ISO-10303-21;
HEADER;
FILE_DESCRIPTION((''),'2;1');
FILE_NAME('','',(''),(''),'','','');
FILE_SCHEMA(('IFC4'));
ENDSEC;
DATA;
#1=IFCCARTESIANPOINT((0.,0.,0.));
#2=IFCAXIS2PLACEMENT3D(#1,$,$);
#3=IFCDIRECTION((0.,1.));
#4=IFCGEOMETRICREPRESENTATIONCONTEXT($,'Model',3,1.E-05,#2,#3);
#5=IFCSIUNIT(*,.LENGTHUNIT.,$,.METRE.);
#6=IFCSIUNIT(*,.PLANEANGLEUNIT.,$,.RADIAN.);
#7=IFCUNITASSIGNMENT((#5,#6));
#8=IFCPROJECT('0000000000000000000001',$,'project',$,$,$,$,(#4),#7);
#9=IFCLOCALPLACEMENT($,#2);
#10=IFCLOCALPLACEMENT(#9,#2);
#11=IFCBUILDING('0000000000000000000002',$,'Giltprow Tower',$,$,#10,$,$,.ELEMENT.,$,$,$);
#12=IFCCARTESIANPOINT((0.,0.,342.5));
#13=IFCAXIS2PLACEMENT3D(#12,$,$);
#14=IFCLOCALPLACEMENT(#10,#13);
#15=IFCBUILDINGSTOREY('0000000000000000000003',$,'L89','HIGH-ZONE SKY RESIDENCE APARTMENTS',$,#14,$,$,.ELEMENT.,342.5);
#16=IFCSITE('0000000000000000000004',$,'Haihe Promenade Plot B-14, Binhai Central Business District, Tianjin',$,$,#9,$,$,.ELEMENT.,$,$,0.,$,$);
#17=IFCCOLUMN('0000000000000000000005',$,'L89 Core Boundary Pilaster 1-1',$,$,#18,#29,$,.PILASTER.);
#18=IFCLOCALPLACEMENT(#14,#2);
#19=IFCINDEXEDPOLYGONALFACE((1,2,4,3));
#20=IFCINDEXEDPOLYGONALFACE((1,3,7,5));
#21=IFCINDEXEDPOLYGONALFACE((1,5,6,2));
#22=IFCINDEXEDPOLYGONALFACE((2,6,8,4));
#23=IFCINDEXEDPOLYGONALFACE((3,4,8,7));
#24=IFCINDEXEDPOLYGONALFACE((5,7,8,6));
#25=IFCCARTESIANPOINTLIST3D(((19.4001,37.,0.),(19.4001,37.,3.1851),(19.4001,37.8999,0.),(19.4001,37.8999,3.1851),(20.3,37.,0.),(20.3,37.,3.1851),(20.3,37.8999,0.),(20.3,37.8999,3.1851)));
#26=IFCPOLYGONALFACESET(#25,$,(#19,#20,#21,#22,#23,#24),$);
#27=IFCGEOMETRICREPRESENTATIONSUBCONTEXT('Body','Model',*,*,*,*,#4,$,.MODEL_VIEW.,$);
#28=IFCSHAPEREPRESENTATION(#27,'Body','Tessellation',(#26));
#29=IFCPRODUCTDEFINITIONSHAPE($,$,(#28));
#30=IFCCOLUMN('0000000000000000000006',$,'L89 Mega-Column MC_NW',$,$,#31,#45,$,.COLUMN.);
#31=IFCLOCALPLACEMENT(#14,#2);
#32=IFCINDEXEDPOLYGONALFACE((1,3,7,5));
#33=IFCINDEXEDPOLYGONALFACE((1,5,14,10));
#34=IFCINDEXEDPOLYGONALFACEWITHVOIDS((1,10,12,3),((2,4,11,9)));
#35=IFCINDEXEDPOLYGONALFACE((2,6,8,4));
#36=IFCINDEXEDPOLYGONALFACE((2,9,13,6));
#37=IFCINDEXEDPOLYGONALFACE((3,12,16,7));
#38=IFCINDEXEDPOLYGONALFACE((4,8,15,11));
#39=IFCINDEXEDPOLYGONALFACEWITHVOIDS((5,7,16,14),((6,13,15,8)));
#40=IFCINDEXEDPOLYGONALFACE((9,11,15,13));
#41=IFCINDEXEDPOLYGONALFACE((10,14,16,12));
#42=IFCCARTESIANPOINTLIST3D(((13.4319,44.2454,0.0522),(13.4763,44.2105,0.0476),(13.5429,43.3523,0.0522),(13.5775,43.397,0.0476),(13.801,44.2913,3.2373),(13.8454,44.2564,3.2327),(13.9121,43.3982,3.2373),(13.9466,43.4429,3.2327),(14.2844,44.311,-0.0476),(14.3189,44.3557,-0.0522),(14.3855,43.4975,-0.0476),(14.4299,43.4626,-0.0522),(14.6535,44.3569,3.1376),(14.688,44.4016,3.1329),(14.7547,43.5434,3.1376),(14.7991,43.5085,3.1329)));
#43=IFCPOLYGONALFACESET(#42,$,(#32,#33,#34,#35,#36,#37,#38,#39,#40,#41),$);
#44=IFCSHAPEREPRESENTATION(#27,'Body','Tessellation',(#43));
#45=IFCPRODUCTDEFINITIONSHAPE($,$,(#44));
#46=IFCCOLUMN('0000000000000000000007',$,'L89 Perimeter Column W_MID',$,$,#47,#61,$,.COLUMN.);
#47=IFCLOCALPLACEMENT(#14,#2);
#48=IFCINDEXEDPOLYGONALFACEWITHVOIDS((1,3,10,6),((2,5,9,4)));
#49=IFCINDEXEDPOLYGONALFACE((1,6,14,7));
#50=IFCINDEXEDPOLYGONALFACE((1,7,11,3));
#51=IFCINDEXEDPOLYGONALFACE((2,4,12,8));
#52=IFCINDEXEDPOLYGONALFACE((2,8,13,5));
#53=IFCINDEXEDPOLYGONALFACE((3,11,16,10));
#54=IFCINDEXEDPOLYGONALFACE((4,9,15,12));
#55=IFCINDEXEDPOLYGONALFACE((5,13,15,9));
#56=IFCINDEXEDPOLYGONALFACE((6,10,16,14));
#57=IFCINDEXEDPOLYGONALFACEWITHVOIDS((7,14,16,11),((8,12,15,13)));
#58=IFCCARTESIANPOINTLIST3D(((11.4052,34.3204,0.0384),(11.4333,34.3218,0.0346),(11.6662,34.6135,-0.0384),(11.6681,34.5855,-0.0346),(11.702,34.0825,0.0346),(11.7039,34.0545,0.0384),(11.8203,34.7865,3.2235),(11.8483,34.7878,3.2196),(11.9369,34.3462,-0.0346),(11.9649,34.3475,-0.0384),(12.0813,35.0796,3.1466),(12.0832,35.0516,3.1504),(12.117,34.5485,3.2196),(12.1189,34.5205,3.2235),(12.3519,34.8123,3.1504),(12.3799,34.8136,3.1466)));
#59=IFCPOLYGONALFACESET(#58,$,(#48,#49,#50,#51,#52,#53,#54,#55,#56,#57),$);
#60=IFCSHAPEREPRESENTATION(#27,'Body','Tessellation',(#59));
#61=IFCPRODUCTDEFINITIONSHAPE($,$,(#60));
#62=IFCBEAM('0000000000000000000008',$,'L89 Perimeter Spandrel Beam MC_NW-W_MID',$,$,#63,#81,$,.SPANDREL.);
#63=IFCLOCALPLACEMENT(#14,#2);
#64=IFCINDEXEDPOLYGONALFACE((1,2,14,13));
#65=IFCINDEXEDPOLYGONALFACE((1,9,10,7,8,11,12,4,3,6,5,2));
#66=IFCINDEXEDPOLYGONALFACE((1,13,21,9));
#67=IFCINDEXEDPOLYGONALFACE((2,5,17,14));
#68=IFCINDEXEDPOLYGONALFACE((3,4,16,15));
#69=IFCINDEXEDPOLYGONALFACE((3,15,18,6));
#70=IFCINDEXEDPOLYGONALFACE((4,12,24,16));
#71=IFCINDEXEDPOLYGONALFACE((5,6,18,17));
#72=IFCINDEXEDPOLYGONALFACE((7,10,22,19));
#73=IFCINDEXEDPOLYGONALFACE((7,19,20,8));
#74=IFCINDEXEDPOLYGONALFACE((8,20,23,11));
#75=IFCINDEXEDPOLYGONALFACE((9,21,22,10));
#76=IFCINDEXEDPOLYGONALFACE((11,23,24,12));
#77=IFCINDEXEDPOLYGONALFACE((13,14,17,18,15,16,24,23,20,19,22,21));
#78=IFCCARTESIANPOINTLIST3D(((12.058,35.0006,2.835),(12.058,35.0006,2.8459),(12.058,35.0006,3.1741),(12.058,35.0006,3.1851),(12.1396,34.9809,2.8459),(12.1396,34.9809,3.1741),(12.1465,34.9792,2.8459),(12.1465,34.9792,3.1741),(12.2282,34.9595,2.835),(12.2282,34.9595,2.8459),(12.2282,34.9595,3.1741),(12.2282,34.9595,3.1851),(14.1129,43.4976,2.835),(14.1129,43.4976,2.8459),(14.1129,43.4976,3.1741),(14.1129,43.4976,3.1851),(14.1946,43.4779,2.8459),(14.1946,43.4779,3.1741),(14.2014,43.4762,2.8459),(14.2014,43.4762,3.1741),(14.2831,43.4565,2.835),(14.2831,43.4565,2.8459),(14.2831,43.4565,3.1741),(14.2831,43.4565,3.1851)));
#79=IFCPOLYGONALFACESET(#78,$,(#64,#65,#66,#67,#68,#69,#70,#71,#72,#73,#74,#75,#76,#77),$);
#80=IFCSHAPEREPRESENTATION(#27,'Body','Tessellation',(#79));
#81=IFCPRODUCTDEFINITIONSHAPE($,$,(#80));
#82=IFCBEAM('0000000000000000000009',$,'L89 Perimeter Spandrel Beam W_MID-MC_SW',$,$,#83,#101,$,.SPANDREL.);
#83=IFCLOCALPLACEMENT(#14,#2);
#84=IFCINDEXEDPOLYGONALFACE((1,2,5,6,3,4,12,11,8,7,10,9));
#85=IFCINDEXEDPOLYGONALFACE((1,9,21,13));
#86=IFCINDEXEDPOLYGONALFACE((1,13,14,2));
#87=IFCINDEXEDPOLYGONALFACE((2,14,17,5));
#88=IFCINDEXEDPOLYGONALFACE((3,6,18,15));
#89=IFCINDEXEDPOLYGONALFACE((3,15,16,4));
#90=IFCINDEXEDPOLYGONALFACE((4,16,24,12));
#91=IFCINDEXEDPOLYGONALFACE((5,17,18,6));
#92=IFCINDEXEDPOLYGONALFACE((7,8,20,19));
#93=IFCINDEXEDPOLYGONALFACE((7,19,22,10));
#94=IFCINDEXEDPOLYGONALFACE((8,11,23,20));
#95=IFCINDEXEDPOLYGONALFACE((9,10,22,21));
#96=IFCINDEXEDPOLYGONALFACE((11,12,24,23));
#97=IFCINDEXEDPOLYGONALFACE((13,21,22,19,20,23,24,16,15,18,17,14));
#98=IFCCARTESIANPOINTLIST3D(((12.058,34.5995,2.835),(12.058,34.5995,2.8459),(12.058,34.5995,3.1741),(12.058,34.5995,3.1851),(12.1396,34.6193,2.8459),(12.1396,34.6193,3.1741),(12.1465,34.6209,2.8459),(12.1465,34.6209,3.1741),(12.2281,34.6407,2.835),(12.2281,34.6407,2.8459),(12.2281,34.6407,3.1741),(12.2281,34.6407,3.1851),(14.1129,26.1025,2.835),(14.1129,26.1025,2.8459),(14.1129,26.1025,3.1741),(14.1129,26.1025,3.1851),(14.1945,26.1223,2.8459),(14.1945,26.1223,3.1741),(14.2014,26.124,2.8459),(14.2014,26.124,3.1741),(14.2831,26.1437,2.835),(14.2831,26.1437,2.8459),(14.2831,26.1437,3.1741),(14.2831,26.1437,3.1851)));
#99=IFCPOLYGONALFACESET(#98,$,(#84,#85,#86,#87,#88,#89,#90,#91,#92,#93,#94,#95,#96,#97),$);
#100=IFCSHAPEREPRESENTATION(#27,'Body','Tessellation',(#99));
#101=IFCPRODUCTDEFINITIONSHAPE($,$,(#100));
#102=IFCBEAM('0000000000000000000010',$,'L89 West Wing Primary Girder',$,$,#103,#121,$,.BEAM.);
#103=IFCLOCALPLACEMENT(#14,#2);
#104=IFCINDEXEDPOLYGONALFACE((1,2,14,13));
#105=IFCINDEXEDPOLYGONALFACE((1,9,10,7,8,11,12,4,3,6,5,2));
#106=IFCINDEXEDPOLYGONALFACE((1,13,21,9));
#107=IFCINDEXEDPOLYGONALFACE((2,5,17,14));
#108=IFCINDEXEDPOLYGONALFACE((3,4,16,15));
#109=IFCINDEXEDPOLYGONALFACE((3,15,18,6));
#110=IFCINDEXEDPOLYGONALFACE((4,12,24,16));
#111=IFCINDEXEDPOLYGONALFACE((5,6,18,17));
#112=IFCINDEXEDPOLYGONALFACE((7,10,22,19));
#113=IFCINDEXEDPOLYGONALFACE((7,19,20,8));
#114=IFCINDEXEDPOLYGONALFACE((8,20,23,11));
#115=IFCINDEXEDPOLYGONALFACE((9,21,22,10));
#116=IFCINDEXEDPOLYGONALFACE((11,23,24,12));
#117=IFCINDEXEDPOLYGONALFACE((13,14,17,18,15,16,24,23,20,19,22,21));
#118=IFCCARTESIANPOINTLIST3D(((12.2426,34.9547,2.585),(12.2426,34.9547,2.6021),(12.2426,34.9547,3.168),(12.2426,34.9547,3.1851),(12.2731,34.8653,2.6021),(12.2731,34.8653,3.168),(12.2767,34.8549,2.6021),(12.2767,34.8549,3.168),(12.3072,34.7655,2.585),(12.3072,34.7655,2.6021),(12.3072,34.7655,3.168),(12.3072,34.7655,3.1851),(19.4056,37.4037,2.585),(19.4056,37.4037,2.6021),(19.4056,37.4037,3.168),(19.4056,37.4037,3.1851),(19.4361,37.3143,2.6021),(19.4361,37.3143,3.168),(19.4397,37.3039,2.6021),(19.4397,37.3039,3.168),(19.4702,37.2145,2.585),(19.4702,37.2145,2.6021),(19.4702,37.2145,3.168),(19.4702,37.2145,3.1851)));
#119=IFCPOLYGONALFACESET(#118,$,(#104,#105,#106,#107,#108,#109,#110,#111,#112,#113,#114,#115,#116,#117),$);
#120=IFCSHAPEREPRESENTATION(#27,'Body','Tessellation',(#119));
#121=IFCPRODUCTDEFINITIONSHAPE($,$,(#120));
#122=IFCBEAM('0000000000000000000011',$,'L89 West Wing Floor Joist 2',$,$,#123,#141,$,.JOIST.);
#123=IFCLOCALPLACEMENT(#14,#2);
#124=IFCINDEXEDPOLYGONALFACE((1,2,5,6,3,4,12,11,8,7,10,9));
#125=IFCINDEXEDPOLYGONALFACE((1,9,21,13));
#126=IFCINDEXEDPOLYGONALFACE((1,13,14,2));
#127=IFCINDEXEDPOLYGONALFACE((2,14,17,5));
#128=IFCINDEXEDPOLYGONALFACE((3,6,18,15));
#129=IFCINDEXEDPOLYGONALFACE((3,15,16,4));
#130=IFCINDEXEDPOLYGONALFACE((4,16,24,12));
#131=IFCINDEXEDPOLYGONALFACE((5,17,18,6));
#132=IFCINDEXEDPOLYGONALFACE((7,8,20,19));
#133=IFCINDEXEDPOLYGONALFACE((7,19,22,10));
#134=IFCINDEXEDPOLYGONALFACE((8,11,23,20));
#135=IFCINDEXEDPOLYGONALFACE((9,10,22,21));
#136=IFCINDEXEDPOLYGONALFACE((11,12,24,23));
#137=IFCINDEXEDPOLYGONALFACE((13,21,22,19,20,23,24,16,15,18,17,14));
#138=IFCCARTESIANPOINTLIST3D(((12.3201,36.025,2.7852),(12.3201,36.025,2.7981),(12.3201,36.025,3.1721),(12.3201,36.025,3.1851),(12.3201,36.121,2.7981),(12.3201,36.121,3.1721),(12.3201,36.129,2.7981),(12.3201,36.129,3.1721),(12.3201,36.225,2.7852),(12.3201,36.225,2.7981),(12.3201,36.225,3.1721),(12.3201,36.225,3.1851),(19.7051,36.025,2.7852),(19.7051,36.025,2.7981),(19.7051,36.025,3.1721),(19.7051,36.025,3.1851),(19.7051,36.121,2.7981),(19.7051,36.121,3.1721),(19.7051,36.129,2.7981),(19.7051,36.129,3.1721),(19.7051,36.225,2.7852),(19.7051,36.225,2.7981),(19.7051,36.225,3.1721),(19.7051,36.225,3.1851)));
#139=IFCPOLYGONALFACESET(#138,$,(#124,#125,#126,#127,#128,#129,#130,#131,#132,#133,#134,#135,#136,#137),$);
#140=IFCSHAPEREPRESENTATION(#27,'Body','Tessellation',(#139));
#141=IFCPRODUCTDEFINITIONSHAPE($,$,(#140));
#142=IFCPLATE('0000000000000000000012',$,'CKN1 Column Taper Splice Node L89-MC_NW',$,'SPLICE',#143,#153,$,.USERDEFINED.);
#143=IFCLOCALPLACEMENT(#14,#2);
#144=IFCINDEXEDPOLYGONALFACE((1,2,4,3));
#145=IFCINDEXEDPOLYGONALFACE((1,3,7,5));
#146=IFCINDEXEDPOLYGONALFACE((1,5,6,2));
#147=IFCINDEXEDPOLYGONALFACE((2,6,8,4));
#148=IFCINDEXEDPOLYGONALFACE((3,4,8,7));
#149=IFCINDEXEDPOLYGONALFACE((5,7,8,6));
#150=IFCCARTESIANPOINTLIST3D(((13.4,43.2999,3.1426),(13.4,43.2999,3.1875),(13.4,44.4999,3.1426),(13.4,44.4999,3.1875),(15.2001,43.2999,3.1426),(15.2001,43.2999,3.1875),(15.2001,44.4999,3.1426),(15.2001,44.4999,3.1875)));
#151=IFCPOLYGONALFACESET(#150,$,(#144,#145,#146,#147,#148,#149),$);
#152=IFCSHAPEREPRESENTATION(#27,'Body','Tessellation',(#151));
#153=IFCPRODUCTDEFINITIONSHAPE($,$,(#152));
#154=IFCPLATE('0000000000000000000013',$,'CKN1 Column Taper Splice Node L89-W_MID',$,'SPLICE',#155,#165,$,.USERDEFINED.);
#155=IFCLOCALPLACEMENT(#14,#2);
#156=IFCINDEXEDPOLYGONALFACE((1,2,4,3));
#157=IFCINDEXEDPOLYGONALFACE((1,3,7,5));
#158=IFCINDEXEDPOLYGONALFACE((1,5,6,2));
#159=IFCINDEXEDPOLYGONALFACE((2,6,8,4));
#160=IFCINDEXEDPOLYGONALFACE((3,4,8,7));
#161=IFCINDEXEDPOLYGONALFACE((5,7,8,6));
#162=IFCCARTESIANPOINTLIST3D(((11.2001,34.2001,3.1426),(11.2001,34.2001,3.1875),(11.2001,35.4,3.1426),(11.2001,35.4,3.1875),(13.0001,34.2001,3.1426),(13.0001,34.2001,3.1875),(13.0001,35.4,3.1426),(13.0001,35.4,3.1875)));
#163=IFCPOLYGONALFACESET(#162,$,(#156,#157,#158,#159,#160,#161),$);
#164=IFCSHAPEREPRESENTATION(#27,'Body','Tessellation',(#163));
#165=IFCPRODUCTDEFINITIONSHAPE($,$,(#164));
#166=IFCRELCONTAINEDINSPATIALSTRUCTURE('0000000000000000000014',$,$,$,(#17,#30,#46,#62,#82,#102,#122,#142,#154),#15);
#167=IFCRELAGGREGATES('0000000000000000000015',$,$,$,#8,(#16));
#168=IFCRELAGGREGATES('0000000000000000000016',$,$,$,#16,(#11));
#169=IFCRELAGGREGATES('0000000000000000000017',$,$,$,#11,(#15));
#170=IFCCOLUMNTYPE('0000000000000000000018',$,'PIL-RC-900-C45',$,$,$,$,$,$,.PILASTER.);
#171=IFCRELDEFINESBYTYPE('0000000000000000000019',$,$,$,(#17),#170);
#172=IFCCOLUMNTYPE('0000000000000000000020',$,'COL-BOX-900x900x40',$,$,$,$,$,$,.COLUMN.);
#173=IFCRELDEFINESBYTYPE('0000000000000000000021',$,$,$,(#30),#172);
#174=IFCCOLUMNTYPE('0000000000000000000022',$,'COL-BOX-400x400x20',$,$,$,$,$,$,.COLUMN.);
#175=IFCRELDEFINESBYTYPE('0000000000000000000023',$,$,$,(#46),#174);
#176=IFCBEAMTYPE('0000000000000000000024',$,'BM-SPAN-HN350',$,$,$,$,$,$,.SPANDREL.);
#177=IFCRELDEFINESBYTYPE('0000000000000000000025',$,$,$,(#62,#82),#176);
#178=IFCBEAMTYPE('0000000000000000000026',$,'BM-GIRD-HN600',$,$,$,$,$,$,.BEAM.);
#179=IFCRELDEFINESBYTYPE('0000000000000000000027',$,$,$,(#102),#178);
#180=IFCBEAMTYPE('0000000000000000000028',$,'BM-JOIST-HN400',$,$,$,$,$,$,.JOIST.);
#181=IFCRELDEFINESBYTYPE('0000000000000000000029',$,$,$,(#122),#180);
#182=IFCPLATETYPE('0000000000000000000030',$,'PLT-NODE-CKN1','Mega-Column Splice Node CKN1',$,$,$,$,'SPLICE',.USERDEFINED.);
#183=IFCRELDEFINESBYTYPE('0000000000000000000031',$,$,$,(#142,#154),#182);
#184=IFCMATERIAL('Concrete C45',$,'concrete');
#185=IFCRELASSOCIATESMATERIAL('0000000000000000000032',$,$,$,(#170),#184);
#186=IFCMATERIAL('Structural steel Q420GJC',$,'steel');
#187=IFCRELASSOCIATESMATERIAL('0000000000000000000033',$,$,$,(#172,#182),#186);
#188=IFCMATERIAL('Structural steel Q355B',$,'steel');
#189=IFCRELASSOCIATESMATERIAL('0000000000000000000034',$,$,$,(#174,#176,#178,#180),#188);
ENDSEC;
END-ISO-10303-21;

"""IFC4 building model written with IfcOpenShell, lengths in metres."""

from ifc_helpers import new_model, si_unit, direction, frame, origin, origin_2d, place, context, subcontext, project, spatial, rectangle, hollow_rectangle, i_section, extrude, source, transform, mapped, material, material_profile, profile_set, type_object, element, save


model = new_model("IFC4")

# Units and contexts
model_context = context("Model", 3, precision=1e-05, world=origin(), true_north=direction((0.0, 1.0)))
body_context = subcontext(model_context, "Body", "Model", "MODEL_VIEW")
ifc_project = project(units=[si_unit("LENGTHUNIT", "METRE"), si_unit("PLANEANGLEUNIT", "RADIAN")], contexts=[model_context])

# Site, building, storey
site_placement = place(None, origin())
site = spatial("IfcSite", under=ifc_project, at=site_placement, Name="Haihe Promenade Plot B-14, Binhai Central Business District, Tianjin", CompositionType="ELEMENT", RefElevation=0.0)
building_placement = place(site_placement, origin())
building = spatial("IfcBuilding", under=site, at=building_placement, Name="Giltprow Tower", CompositionType="ELEMENT")
storey_placement = place(building_placement, frame((0.0, 0.0, 342.5)))
storey = spatial("IfcBuildingStorey", under=building, at=storey_placement, Name="L89", Description="HIGH-ZONE SKY RESIDENCE APARTMENTS", CompositionType="ELEMENT", Elevation=342.5)

# Columns
ifc_material_1 = material(Name="Concrete C45", Category="concrete")
ifc_material_profile_1 = material_profile(ifc_material_1, rectangle(XDim=0.8999, YDim=0.8999, at=origin_2d()), Name="RC 900x900")
ifc_profile_set_1 = profile_set([ifc_material_profile_1], Name="Concrete C45")
column_type_1 = type_object("IfcColumnType", Name="PIL-RC-900-C45", PredefinedType="PILASTER", material=ifc_profile_set_1)
shared_shape_1 = source(origin(), body_context, "Body", "SweptSolid", [
    extrude(rectangle(XDim=0.8999, YDim=0.8999, at=origin_2d()), origin(), (0.0, 0.0, 1.0), 3.1851),
])
column_1_placement = place(storey_placement, frame((19.8501, 37.45, 0.0), z_axis=(0.0, 0.0, 1.0), x_axis=(1.0, 0.0, 0.0)))
element("IfcColumn", 1, at=column_1_placement, inside=storey, type_object=column_type_1, Name="L89 Core Boundary Pilaster 1-1", PredefinedType="PILASTER", context=body_context, shape_type="MappedRepresentation", body=[
    mapped(shared_shape_1, transform((0.0, 0.0, 0.0), x_axis=(1.0, 0.0, 0.0), y_axis=(0.0, 1.0, 0.0), z_axis=(0.0, 0.0, 1.0), scale=1.0)),
])
ifc_material_2 = material(Name="Structural steel Q420GJC", Category="steel")
ifc_material_profile_2 = material_profile(ifc_material_2, hollow_rectangle(XDim=0.8999, YDim=0.8999, WallThickness=0.04, at=origin_2d()), Name="BOX 900x900x40")
ifc_profile_set_2 = profile_set([ifc_material_profile_2], Name="Structural steel Q420GJC")
column_type_2 = type_object("IfcColumnType", Name="COL-BOX-900x900x40", PredefinedType="COLUMN", material=ifc_profile_set_2)
shared_shape_2 = source(origin(), body_context, "Body", "SweptSolid", [
    extrude(hollow_rectangle(XDim=0.8999, YDim=0.8999, WallThickness=0.04, at=origin_2d()), origin(), (0.0, 0.0, 1.0), 3.2068),
])
column_2_placement = place(storey_placement, frame((13.9309, 43.854, 0.0), z_axis=(0.115115, 0.014313, 0.993249), x_axis=(-0.123388, 0.992358, 0.0)))
element("IfcColumn", 2, at=column_2_placement, inside=storey, type_object=column_type_2, Name="L89 Mega-Column MC_NW", PredefinedType="COLUMN", context=body_context, shape_type="MappedRepresentation", body=[
    mapped(shared_shape_2, transform((0.0, 0.0, 0.0), x_axis=(1.0, 0.0, 0.0), y_axis=(0.0, 1.0, 0.0), z_axis=(0.0, 0.0, 1.0), scale=1.0)),
])
ifc_material_3 = material(Name="Structural steel Q355B", Category="steel")
ifc_material_profile_3 = material_profile(ifc_material_3, hollow_rectangle(XDim=0.3999, YDim=0.3999, WallThickness=0.02, at=origin_2d()), Name="BOX 400x400x20")
ifc_profile_set_3 = profile_set([ifc_material_profile_3], Name="Structural steel Q355B")
column_type_3 = type_object("IfcColumnType", Name="COL-BOX-400x400x20", PredefinedType="COLUMN", material=ifc_profile_set_3)
shared_shape_3 = source(origin(), body_context, "Body", "SweptSolid", [
    extrude(hollow_rectangle(XDim=0.3999, YDim=0.3999, WallThickness=0.02, at=origin_2d()), origin(), (0.0, 0.0, 1.0), 3.2456),
])
column_3_placement = place(storey_placement, frame((11.6851, 34.334, 0.0), z_axis=(0.127877, 0.143598, 0.98134), x_axis=(-0.746805, 0.665043, 0.0)))
element("IfcColumn", 3, at=column_3_placement, inside=storey, type_object=column_type_3, Name="L89 Perimeter Column W_MID", PredefinedType="COLUMN", context=body_context, shape_type="MappedRepresentation", body=[
    mapped(shared_shape_3, transform((0.0, 0.0, 0.0), x_axis=(1.0, 0.0, 0.0), y_axis=(0.0, 1.0, 0.0), z_axis=(0.0, 0.0, 1.0), scale=1.0)),
])

# Beams
ifc_material_profile_4 = material_profile(ifc_material_3, i_section(OverallWidth=0.175, OverallDepth=0.3501, WebThickness=0.0071, FlangeThickness=0.011, at=origin_2d()), Name="HN 350x175x7x11")
ifc_profile_set_4 = profile_set([ifc_material_profile_4], Name="Structural steel Q355B")
beam_type_1 = type_object("IfcBeamType", Name="BM-SPAN-HN350", PredefinedType="SPANDREL", material=ifc_profile_set_4)
shared_shape_4 = source(origin(), body_context, "Body", "SweptSolid", [
    extrude(i_section(OverallWidth=0.175, OverallDepth=0.3501, WebThickness=0.0071, FlangeThickness=0.011, at=origin_2d()), origin(), (0.0, 0.0, 1.0), 8.7419),
])
for number, where, z_axis, x_axis, name in (
    (4, (14.198, 43.4771, 3.01), (-0.235064, -0.97198, 0.0), (0.97198, -0.235064, 0.0), "L89 Perimeter Spandrel Beam MC_NW-W_MID"),
    (5, (12.1431, 34.6201, 3.01), (0.235064, -0.97198, 0.0), (0.97198, 0.235064, 0.0), "L89 Perimeter Spandrel Beam W_MID-MC_SW"),
):
    element("IfcBeam", number, at=place(storey_placement, frame(where, z_axis=z_axis, x_axis=x_axis)), inside=storey, type_object=beam_type_1, Name=name, PredefinedType="SPANDREL", context=body_context, shape_type="MappedRepresentation", body=[
        mapped(shared_shape_4, transform((0.0, 0.0, 0.0), x_axis=(1.0, 0.0, 0.0), y_axis=(0.0, 1.0, 0.0), z_axis=(0.0, 0.0, 1.0), scale=1.0)),
    ])
ifc_material_profile_5 = material_profile(ifc_material_3, i_section(OverallWidth=0.2, OverallDepth=0.6001, WebThickness=0.011, FlangeThickness=0.0171, at=origin_2d()), Name="HN 600x200x11x17")
ifc_profile_set_5 = profile_set([ifc_material_profile_5], Name="Structural steel Q355B")
beam_type_2 = type_object("IfcBeamType", Name="BM-GIRD-HN600", PredefinedType="BEAM", material=ifc_profile_set_5)
shared_shape_5 = source(origin(), body_context, "Body", "SweptSolid", [
    extrude(i_section(OverallWidth=0.2, OverallDepth=0.6001, WebThickness=0.011, FlangeThickness=0.0171, at=origin_2d()), origin(), (0.0, 0.0, 1.0), 7.5701),
])
beam_1_placement = place(storey_placement, frame((12.2749, 34.8601, 2.885), z_axis=(0.946227, 0.323504, 0.0), x_axis=(-0.323504, 0.946227, 0.0)))
element("IfcBeam", 6, at=beam_1_placement, inside=storey, type_object=beam_type_2, Name="L89 West Wing Primary Girder", PredefinedType="BEAM", context=body_context, shape_type="MappedRepresentation", body=[
    mapped(shared_shape_5, transform((0.0, 0.0, 0.0), x_axis=(1.0, 0.0, 0.0), y_axis=(0.0, 1.0, 0.0), z_axis=(0.0, 0.0, 1.0), scale=1.0)),
])
ifc_material_profile_6 = material_profile(ifc_material_3, i_section(OverallWidth=0.2, OverallDepth=0.3999, WebThickness=0.0081, FlangeThickness=0.0129, at=origin_2d()), Name="HN 400x200x8x13")
ifc_profile_set_6 = profile_set([ifc_material_profile_6], Name="Structural steel Q355B")
beam_type_3 = type_object("IfcBeamType", Name="BM-JOIST-HN400", PredefinedType="JOIST", material=ifc_profile_set_6)
shared_shape_6 = source(origin(), body_context, "Body", "SweptSolid", [
    extrude(i_section(OverallWidth=0.2, OverallDepth=0.3999, WebThickness=0.0081, FlangeThickness=0.0129, at=origin_2d()), origin(), (0.0, 0.0, 1.0), 7.385),
])
beam_2_placement = place(storey_placement, frame((12.3201, 36.125, 2.9851), z_axis=(1.0, 0.0, 0.0), x_axis=(0.0, 1.0, 0.0)))
element("IfcBeam", 7, at=beam_2_placement, inside=storey, type_object=beam_type_3, Name="L89 West Wing Floor Joist 2", PredefinedType="JOIST", context=body_context, shape_type="MappedRepresentation", body=[
    mapped(shared_shape_6, transform((0.0, 0.0, 0.0), x_axis=(1.0, 0.0, 0.0), y_axis=(0.0, 1.0, 0.0), z_axis=(0.0, 0.0, 1.0), scale=1.0)),
])

# Plates
plate_type = type_object("IfcPlateType", Name="PLT-NODE-CKN1", Description="Mega-Column Splice Node CKN1", ElementType="SPLICE", PredefinedType="USERDEFINED", material=ifc_material_2)
shared_shape_7 = source(origin(), body_context, "Body", "SweptSolid", [
    extrude(rectangle(XDim=1.8, YDim=1.2, at=origin_2d()), origin(), (0.0, 0.0, 1.0), 0.0449),
])
for number, where, z_axis, x_axis, name in (
    (8, (14.3, 43.8999, 3.1426), (0.0, 0.0, 1.0), (1.0, 0.0, 0.0), "CKN1 Column Taper Splice Node L89-MC_NW"),
    (9, (12.1001, 34.8, 3.1426), (0.0, 0.0, 1.0), (1.0, 0.0, 0.0), "CKN1 Column Taper Splice Node L89-W_MID"),
):
    element("IfcPlate", number, at=place(storey_placement, frame(where, z_axis=z_axis, x_axis=x_axis)), inside=storey, type_object=plate_type, Name=name, ObjectType="SPLICE", PredefinedType="USERDEFINED", context=body_context, shape_type="MappedRepresentation", body=[
        mapped(shared_shape_7, transform((0.0, 0.0, 0.0), x_axis=(1.0, 0.0, 0.0), y_axis=(0.0, 1.0, 0.0), z_axis=(0.0, 0.0, 1.0), scale=1.0)),
    ])

save(model, "model.ifc")
